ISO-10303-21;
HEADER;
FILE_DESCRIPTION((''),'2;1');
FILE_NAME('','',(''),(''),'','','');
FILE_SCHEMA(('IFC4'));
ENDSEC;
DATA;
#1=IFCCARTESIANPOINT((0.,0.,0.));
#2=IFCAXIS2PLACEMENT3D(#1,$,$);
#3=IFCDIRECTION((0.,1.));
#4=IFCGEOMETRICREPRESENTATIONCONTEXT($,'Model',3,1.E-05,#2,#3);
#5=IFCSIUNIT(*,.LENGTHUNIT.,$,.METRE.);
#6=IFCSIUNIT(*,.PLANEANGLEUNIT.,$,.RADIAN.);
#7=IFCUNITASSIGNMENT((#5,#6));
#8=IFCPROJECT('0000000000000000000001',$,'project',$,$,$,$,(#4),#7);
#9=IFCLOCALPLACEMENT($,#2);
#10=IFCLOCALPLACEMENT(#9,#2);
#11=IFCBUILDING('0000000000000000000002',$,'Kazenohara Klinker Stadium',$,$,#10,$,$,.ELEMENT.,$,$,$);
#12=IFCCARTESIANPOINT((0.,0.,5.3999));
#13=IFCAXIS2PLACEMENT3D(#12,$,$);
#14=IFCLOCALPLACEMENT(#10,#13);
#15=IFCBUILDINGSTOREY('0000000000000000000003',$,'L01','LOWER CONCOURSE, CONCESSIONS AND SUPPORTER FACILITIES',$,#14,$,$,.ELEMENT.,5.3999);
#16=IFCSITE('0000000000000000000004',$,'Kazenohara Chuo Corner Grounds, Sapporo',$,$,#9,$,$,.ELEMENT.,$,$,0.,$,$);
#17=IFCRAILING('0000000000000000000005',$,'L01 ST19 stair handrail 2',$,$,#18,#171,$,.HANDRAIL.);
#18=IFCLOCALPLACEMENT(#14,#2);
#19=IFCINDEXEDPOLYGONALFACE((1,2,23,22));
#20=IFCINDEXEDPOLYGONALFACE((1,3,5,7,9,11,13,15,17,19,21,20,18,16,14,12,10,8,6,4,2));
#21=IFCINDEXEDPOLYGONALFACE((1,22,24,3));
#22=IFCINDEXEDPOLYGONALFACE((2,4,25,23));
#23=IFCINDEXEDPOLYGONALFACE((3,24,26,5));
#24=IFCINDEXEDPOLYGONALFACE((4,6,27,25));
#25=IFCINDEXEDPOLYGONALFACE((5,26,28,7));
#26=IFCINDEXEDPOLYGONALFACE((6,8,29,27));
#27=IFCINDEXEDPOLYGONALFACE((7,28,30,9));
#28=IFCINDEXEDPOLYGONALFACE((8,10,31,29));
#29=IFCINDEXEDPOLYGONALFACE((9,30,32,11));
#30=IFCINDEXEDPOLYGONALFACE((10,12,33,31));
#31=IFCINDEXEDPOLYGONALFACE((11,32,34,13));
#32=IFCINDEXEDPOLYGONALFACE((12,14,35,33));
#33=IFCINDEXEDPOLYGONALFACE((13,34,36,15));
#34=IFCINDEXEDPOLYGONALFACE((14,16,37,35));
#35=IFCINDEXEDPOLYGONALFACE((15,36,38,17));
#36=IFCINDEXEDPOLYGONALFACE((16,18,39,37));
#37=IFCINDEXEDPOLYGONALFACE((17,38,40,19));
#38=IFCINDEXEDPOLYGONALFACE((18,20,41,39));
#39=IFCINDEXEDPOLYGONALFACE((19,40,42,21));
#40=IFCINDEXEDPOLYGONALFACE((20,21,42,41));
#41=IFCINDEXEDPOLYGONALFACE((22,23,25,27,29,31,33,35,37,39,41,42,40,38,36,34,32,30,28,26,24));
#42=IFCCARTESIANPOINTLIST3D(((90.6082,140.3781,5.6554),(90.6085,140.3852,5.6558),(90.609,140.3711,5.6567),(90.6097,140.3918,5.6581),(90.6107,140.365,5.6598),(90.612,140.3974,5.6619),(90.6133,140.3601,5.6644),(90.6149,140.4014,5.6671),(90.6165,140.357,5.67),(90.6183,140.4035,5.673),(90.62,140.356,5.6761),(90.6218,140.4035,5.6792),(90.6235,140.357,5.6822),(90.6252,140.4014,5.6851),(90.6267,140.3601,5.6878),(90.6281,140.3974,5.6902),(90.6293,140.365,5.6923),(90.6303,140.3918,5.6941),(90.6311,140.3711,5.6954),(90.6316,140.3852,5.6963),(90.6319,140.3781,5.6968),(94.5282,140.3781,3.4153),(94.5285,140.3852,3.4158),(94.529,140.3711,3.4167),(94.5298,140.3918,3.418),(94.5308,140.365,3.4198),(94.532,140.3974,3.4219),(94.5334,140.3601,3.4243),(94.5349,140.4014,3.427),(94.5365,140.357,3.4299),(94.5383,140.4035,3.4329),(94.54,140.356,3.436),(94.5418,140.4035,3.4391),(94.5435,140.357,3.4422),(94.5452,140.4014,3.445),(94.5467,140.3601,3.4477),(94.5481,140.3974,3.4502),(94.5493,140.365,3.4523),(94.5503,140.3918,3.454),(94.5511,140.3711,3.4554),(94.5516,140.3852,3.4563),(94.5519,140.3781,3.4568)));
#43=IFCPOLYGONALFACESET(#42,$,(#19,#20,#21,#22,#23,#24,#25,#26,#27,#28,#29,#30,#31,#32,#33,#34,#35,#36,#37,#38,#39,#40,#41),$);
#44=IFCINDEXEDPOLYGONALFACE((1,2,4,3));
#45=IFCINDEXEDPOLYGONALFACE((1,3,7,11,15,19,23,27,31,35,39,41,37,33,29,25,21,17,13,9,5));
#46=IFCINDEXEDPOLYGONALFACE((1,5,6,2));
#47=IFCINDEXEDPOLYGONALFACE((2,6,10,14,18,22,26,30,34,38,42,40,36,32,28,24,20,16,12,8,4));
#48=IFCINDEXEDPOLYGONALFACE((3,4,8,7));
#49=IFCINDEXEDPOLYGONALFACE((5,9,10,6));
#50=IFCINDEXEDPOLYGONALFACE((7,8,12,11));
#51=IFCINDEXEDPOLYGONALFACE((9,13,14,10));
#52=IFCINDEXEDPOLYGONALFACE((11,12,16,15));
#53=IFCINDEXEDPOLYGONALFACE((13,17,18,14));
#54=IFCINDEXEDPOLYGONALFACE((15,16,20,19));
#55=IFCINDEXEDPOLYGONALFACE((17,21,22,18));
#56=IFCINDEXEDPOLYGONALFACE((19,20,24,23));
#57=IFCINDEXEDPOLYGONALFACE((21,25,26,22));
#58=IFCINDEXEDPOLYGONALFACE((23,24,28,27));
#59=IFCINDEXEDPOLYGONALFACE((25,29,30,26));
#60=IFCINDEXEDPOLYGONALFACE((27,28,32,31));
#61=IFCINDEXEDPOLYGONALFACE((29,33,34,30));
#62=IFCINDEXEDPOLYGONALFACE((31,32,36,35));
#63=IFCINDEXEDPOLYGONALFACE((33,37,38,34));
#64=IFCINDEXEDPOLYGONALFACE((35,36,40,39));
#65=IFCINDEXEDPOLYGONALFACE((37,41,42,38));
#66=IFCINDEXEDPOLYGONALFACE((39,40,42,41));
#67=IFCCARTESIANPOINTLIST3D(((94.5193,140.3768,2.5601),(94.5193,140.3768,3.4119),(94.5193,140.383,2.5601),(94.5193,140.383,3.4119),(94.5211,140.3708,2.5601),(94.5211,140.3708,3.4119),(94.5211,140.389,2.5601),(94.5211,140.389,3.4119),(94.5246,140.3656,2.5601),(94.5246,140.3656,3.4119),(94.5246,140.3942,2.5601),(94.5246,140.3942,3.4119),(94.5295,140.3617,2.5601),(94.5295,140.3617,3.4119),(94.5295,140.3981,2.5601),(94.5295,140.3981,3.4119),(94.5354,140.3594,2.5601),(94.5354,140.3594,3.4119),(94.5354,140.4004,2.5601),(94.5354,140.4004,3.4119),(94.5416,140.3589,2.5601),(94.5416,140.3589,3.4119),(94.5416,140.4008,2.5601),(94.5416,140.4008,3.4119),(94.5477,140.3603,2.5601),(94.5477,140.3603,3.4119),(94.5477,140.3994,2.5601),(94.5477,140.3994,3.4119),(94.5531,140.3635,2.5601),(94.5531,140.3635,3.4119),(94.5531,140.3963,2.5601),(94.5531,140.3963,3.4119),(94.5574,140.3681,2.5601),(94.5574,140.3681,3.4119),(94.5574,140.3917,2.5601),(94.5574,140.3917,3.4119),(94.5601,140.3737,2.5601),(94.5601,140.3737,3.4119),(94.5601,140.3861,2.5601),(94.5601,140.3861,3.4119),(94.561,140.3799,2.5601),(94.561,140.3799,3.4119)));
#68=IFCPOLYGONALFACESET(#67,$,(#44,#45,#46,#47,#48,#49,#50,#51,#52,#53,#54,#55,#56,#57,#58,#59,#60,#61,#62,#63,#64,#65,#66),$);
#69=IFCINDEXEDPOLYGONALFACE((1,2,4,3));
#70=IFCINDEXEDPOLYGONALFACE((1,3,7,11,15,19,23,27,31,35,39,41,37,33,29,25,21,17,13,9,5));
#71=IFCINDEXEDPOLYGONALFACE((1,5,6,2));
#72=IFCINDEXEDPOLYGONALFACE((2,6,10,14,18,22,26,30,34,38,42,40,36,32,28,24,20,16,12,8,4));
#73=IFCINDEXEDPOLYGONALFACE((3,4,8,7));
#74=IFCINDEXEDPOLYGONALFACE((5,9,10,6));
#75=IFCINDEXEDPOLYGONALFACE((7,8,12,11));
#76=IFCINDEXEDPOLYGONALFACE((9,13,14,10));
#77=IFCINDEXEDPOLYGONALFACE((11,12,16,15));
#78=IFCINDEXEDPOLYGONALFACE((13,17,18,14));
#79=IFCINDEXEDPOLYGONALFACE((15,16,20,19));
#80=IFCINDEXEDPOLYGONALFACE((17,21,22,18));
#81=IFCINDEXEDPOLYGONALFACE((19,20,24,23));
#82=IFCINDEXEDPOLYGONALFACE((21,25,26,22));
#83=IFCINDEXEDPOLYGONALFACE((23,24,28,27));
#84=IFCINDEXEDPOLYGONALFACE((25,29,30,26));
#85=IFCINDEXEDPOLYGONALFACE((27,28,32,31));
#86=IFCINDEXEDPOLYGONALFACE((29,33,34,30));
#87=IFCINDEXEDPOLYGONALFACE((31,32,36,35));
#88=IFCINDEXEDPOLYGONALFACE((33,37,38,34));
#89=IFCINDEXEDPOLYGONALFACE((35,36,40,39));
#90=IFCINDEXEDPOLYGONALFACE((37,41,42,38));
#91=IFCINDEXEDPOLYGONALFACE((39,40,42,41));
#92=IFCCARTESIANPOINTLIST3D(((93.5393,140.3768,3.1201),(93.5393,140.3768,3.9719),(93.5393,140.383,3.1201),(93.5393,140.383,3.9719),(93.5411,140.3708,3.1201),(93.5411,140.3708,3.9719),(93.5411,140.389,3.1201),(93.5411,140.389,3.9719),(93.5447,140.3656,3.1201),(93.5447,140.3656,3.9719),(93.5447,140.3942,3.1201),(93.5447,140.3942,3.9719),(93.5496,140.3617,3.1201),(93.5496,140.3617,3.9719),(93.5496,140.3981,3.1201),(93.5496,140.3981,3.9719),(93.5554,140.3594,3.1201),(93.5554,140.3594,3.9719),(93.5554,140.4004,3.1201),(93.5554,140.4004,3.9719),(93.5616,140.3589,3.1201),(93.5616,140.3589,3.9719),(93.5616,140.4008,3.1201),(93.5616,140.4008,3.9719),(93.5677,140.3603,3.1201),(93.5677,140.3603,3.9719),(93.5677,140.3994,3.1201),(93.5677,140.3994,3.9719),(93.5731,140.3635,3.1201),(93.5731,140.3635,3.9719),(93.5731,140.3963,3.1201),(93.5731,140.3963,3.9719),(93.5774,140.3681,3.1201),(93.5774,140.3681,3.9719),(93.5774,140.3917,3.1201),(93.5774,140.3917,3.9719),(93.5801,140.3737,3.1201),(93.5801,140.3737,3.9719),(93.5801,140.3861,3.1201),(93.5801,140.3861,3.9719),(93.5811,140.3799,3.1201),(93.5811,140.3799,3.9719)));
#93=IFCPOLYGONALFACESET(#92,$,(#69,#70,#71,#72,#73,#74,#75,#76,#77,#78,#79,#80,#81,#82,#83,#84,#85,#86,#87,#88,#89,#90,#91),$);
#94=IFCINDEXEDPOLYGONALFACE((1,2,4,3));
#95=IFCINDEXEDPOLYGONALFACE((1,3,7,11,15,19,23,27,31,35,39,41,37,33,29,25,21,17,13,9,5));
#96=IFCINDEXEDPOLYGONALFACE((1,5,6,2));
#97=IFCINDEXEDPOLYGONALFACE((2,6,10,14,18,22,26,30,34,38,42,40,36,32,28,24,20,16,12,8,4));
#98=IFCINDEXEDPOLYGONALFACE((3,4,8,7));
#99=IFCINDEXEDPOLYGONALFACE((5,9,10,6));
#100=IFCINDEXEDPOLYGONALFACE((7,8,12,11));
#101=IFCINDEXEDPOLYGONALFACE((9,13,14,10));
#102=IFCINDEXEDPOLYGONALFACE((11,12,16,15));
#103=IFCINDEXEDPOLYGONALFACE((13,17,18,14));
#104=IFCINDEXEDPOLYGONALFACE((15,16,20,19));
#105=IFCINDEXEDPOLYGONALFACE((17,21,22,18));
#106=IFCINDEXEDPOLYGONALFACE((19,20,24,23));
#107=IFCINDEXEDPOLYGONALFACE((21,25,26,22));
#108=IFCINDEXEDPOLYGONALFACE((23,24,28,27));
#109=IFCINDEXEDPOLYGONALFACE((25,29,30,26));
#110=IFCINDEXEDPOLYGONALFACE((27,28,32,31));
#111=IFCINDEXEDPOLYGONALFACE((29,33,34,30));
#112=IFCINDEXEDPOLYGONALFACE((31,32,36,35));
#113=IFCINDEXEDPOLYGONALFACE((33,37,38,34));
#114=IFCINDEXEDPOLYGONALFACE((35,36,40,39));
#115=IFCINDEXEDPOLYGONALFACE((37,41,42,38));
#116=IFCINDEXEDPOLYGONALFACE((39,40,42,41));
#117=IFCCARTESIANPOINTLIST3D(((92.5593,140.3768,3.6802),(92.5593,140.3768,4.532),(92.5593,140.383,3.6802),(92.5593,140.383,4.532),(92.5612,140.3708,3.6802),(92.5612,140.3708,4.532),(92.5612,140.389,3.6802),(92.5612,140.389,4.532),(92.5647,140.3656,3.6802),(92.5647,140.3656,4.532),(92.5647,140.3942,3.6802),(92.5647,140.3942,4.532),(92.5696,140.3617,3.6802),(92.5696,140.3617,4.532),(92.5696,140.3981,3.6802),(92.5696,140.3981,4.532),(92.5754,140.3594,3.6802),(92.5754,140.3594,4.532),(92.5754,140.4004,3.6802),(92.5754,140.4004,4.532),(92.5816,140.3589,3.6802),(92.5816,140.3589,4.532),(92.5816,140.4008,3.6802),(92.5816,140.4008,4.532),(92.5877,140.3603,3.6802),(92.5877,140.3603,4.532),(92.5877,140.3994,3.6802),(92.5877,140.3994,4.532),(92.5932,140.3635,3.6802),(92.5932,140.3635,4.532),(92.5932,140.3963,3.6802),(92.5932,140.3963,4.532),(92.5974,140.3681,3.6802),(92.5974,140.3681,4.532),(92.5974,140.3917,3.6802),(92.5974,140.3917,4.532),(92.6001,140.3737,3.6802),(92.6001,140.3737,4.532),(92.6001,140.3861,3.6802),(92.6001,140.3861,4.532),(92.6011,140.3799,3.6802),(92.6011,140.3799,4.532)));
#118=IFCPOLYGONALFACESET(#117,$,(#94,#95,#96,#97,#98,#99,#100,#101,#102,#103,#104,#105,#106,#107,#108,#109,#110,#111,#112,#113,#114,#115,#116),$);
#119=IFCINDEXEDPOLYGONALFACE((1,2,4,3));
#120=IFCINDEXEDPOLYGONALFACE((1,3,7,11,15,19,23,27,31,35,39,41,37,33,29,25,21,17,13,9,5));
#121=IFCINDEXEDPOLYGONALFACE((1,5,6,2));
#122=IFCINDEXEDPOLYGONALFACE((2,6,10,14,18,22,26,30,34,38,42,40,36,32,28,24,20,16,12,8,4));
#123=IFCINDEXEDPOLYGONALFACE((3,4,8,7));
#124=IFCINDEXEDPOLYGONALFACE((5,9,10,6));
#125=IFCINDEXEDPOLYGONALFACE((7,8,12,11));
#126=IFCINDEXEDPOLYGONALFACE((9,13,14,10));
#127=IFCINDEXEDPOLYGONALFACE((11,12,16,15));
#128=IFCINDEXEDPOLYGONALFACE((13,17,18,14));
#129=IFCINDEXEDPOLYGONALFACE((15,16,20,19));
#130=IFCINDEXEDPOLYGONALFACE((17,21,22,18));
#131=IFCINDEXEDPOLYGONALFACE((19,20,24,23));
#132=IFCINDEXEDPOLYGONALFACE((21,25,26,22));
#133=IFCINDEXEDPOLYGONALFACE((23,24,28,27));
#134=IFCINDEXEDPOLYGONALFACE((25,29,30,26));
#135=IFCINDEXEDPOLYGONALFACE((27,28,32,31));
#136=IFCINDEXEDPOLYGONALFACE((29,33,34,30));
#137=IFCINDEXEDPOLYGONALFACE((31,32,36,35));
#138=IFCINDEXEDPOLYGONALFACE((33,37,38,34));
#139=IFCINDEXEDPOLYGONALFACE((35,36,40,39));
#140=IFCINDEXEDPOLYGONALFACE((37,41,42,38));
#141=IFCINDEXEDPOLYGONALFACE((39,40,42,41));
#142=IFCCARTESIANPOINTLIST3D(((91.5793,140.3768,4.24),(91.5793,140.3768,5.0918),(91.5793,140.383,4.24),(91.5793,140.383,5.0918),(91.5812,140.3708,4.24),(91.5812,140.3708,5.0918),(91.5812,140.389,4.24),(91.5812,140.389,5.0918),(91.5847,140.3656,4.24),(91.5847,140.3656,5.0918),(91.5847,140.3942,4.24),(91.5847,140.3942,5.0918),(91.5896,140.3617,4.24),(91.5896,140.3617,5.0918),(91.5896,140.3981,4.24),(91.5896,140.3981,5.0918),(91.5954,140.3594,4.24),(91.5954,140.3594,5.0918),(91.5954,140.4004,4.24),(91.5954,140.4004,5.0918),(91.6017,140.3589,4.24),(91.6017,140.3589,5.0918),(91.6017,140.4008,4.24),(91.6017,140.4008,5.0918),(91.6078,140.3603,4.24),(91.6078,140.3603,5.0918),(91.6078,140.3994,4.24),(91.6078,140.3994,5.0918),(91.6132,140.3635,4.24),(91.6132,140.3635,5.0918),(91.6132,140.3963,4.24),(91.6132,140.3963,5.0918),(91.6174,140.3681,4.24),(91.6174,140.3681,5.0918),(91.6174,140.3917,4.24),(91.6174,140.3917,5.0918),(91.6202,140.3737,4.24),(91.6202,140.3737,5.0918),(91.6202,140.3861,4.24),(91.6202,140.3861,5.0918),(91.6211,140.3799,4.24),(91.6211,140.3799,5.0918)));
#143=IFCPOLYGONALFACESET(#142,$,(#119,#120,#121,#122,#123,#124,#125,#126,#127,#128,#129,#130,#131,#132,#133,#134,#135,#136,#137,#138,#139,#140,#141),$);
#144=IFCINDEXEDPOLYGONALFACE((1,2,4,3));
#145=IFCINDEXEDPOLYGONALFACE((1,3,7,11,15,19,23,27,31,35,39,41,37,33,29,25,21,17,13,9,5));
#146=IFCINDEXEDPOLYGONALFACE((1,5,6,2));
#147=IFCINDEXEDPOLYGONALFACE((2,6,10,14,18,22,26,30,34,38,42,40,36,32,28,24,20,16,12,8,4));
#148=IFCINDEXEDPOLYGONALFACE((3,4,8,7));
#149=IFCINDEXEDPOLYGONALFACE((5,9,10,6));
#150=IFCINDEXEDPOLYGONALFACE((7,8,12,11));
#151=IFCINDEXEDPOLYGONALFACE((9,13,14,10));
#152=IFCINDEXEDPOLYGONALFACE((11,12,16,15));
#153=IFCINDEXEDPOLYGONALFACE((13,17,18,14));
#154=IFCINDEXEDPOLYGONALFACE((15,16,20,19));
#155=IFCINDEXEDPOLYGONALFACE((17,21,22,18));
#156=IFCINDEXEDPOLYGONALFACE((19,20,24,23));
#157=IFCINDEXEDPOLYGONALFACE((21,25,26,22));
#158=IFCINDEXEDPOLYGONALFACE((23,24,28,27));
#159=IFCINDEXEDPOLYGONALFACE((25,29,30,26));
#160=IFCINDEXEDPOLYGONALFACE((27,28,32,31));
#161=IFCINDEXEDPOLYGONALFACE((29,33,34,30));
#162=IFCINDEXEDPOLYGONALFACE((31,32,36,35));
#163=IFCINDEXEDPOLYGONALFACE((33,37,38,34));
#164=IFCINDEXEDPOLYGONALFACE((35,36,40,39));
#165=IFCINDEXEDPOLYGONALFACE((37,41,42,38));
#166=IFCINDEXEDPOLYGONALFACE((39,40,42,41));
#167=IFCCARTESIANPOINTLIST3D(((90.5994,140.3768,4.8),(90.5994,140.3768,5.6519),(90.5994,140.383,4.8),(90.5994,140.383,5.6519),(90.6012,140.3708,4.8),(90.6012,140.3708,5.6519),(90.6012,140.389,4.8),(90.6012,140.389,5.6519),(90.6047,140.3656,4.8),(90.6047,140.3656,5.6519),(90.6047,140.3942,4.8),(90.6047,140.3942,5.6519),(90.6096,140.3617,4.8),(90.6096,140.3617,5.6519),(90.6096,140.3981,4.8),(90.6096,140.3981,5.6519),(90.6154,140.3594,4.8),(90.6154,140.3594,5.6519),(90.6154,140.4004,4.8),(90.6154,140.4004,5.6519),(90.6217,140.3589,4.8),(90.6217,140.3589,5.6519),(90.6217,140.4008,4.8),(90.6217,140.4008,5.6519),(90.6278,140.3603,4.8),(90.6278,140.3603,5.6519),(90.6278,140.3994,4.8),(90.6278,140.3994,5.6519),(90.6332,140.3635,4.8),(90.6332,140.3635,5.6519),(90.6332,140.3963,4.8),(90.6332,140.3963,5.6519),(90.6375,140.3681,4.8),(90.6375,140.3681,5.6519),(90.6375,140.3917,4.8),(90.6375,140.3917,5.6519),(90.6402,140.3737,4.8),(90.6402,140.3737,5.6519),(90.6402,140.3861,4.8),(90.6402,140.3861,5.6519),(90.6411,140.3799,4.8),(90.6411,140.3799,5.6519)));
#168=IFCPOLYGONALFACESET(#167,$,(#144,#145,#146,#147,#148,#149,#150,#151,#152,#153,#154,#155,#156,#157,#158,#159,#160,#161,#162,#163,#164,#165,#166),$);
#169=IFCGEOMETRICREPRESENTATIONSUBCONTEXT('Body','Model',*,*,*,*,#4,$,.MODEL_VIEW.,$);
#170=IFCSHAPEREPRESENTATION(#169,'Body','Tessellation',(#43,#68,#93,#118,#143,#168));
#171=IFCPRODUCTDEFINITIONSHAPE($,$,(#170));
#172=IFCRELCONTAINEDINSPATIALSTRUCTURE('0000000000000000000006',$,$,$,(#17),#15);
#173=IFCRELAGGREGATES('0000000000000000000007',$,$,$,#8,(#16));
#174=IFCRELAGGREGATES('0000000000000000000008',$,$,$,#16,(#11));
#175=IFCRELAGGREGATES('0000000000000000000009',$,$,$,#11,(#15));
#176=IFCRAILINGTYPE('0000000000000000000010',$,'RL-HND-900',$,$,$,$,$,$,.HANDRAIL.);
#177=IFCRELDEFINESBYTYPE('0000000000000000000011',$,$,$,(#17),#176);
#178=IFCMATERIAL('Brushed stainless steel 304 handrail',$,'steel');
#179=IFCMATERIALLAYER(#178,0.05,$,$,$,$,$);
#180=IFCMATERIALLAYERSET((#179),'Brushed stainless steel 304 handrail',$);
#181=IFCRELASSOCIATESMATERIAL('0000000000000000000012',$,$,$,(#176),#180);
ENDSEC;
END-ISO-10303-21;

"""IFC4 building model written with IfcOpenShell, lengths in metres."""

from ifc_helpers import new_model, si_unit, direction, frame, origin, origin_2d, place, context, subcontext, project, spatial, circle, extrude, material, layer, layer_set, type_object, element, save


model = new_model("IFC4")

# Units and contexts
model_context = context("Model", 3, precision=1e-05, world=origin(), true_north=direction((0.0, 1.0)))
body_context = subcontext(model_context, "Body", "Model", "MODEL_VIEW")
ifc_project = project(units=[si_unit("LENGTHUNIT", "METRE"), si_unit("PLANEANGLEUNIT", "RADIAN")], contexts=[model_context])

# Site, building, storey
site_placement = place(None, origin())
site = spatial("IfcSite", under=ifc_project, at=site_placement, Name="Kazenohara Chuo Corner Grounds, Sapporo", CompositionType="ELEMENT", RefElevation=0.0)
building_placement = place(site_placement, origin())
building = spatial("IfcBuilding", under=site, at=building_placement, Name="Kazenohara Klinker Stadium", CompositionType="ELEMENT")
storey_placement = place(building_placement, frame((0.0, 0.0, 5.3999)))
storey = spatial("IfcBuildingStorey", under=building, at=storey_placement, Name="L01", Description="LOWER CONCOURSE, CONCESSIONS AND SUPPORTER FACILITIES", CompositionType="ELEMENT", Elevation=5.3999)

# Railing
ifc_material_1 = material(Name="Brushed stainless steel 304 handrail", Category="steel")
ifc_layer_1 = layer(ifc_material_1, 0.05)
ifc_layer_set_1 = layer_set([ifc_layer_1], Name="Brushed stainless steel 304 handrail")
railing_type_1 = type_object("IfcRailingType", Name="RL-HND-900", PredefinedType="HANDRAIL", material=ifc_layer_set_1)
railing_1_placement = place(storey_placement, frame((94.54, 140.3799, 2.5601)))
element("IfcRailing", 1, at=railing_1_placement, inside=storey, type_object=railing_type_1, Name="L01 ST19 stair handrail 2", PredefinedType="HANDRAIL", context=body_context, shape_type="SweptSolid", body=[
    extrude(circle(Radius=0.0239, at=origin_2d()), frame((0.0, 0.0, 0.876), z_axis=(-0.86824, 0.0, 0.496145), x_axis=(0.0, -1.0, 0.0)), (0.0, 0.0, 1.0), 4.5149),
    extrude(circle(Radius=0.021, at=origin_2d()), origin(), (0.0, 0.0, 1.0), 0.8518),
    extrude(circle(Radius=0.021, at=origin_2d()), frame((-0.98, 0.0, 0.5601)), (0.0, 0.0, 1.0), 0.8518),
    extrude(circle(Radius=0.021, at=origin_2d()), frame((-1.96, 0.0, 1.1201)), (0.0, 0.0, 1.0), 0.8518),
    extrude(circle(Radius=0.021, at=origin_2d()), frame((-2.9399, 0.0, 1.6799)), (0.0, 0.0, 1.0), 0.8518),
    extrude(circle(Radius=0.021, at=origin_2d()), frame((-3.9199, 0.0, 2.24)), (0.0, 0.0, 1.0), 0.8518),
])

save(model, "model.ifc")
